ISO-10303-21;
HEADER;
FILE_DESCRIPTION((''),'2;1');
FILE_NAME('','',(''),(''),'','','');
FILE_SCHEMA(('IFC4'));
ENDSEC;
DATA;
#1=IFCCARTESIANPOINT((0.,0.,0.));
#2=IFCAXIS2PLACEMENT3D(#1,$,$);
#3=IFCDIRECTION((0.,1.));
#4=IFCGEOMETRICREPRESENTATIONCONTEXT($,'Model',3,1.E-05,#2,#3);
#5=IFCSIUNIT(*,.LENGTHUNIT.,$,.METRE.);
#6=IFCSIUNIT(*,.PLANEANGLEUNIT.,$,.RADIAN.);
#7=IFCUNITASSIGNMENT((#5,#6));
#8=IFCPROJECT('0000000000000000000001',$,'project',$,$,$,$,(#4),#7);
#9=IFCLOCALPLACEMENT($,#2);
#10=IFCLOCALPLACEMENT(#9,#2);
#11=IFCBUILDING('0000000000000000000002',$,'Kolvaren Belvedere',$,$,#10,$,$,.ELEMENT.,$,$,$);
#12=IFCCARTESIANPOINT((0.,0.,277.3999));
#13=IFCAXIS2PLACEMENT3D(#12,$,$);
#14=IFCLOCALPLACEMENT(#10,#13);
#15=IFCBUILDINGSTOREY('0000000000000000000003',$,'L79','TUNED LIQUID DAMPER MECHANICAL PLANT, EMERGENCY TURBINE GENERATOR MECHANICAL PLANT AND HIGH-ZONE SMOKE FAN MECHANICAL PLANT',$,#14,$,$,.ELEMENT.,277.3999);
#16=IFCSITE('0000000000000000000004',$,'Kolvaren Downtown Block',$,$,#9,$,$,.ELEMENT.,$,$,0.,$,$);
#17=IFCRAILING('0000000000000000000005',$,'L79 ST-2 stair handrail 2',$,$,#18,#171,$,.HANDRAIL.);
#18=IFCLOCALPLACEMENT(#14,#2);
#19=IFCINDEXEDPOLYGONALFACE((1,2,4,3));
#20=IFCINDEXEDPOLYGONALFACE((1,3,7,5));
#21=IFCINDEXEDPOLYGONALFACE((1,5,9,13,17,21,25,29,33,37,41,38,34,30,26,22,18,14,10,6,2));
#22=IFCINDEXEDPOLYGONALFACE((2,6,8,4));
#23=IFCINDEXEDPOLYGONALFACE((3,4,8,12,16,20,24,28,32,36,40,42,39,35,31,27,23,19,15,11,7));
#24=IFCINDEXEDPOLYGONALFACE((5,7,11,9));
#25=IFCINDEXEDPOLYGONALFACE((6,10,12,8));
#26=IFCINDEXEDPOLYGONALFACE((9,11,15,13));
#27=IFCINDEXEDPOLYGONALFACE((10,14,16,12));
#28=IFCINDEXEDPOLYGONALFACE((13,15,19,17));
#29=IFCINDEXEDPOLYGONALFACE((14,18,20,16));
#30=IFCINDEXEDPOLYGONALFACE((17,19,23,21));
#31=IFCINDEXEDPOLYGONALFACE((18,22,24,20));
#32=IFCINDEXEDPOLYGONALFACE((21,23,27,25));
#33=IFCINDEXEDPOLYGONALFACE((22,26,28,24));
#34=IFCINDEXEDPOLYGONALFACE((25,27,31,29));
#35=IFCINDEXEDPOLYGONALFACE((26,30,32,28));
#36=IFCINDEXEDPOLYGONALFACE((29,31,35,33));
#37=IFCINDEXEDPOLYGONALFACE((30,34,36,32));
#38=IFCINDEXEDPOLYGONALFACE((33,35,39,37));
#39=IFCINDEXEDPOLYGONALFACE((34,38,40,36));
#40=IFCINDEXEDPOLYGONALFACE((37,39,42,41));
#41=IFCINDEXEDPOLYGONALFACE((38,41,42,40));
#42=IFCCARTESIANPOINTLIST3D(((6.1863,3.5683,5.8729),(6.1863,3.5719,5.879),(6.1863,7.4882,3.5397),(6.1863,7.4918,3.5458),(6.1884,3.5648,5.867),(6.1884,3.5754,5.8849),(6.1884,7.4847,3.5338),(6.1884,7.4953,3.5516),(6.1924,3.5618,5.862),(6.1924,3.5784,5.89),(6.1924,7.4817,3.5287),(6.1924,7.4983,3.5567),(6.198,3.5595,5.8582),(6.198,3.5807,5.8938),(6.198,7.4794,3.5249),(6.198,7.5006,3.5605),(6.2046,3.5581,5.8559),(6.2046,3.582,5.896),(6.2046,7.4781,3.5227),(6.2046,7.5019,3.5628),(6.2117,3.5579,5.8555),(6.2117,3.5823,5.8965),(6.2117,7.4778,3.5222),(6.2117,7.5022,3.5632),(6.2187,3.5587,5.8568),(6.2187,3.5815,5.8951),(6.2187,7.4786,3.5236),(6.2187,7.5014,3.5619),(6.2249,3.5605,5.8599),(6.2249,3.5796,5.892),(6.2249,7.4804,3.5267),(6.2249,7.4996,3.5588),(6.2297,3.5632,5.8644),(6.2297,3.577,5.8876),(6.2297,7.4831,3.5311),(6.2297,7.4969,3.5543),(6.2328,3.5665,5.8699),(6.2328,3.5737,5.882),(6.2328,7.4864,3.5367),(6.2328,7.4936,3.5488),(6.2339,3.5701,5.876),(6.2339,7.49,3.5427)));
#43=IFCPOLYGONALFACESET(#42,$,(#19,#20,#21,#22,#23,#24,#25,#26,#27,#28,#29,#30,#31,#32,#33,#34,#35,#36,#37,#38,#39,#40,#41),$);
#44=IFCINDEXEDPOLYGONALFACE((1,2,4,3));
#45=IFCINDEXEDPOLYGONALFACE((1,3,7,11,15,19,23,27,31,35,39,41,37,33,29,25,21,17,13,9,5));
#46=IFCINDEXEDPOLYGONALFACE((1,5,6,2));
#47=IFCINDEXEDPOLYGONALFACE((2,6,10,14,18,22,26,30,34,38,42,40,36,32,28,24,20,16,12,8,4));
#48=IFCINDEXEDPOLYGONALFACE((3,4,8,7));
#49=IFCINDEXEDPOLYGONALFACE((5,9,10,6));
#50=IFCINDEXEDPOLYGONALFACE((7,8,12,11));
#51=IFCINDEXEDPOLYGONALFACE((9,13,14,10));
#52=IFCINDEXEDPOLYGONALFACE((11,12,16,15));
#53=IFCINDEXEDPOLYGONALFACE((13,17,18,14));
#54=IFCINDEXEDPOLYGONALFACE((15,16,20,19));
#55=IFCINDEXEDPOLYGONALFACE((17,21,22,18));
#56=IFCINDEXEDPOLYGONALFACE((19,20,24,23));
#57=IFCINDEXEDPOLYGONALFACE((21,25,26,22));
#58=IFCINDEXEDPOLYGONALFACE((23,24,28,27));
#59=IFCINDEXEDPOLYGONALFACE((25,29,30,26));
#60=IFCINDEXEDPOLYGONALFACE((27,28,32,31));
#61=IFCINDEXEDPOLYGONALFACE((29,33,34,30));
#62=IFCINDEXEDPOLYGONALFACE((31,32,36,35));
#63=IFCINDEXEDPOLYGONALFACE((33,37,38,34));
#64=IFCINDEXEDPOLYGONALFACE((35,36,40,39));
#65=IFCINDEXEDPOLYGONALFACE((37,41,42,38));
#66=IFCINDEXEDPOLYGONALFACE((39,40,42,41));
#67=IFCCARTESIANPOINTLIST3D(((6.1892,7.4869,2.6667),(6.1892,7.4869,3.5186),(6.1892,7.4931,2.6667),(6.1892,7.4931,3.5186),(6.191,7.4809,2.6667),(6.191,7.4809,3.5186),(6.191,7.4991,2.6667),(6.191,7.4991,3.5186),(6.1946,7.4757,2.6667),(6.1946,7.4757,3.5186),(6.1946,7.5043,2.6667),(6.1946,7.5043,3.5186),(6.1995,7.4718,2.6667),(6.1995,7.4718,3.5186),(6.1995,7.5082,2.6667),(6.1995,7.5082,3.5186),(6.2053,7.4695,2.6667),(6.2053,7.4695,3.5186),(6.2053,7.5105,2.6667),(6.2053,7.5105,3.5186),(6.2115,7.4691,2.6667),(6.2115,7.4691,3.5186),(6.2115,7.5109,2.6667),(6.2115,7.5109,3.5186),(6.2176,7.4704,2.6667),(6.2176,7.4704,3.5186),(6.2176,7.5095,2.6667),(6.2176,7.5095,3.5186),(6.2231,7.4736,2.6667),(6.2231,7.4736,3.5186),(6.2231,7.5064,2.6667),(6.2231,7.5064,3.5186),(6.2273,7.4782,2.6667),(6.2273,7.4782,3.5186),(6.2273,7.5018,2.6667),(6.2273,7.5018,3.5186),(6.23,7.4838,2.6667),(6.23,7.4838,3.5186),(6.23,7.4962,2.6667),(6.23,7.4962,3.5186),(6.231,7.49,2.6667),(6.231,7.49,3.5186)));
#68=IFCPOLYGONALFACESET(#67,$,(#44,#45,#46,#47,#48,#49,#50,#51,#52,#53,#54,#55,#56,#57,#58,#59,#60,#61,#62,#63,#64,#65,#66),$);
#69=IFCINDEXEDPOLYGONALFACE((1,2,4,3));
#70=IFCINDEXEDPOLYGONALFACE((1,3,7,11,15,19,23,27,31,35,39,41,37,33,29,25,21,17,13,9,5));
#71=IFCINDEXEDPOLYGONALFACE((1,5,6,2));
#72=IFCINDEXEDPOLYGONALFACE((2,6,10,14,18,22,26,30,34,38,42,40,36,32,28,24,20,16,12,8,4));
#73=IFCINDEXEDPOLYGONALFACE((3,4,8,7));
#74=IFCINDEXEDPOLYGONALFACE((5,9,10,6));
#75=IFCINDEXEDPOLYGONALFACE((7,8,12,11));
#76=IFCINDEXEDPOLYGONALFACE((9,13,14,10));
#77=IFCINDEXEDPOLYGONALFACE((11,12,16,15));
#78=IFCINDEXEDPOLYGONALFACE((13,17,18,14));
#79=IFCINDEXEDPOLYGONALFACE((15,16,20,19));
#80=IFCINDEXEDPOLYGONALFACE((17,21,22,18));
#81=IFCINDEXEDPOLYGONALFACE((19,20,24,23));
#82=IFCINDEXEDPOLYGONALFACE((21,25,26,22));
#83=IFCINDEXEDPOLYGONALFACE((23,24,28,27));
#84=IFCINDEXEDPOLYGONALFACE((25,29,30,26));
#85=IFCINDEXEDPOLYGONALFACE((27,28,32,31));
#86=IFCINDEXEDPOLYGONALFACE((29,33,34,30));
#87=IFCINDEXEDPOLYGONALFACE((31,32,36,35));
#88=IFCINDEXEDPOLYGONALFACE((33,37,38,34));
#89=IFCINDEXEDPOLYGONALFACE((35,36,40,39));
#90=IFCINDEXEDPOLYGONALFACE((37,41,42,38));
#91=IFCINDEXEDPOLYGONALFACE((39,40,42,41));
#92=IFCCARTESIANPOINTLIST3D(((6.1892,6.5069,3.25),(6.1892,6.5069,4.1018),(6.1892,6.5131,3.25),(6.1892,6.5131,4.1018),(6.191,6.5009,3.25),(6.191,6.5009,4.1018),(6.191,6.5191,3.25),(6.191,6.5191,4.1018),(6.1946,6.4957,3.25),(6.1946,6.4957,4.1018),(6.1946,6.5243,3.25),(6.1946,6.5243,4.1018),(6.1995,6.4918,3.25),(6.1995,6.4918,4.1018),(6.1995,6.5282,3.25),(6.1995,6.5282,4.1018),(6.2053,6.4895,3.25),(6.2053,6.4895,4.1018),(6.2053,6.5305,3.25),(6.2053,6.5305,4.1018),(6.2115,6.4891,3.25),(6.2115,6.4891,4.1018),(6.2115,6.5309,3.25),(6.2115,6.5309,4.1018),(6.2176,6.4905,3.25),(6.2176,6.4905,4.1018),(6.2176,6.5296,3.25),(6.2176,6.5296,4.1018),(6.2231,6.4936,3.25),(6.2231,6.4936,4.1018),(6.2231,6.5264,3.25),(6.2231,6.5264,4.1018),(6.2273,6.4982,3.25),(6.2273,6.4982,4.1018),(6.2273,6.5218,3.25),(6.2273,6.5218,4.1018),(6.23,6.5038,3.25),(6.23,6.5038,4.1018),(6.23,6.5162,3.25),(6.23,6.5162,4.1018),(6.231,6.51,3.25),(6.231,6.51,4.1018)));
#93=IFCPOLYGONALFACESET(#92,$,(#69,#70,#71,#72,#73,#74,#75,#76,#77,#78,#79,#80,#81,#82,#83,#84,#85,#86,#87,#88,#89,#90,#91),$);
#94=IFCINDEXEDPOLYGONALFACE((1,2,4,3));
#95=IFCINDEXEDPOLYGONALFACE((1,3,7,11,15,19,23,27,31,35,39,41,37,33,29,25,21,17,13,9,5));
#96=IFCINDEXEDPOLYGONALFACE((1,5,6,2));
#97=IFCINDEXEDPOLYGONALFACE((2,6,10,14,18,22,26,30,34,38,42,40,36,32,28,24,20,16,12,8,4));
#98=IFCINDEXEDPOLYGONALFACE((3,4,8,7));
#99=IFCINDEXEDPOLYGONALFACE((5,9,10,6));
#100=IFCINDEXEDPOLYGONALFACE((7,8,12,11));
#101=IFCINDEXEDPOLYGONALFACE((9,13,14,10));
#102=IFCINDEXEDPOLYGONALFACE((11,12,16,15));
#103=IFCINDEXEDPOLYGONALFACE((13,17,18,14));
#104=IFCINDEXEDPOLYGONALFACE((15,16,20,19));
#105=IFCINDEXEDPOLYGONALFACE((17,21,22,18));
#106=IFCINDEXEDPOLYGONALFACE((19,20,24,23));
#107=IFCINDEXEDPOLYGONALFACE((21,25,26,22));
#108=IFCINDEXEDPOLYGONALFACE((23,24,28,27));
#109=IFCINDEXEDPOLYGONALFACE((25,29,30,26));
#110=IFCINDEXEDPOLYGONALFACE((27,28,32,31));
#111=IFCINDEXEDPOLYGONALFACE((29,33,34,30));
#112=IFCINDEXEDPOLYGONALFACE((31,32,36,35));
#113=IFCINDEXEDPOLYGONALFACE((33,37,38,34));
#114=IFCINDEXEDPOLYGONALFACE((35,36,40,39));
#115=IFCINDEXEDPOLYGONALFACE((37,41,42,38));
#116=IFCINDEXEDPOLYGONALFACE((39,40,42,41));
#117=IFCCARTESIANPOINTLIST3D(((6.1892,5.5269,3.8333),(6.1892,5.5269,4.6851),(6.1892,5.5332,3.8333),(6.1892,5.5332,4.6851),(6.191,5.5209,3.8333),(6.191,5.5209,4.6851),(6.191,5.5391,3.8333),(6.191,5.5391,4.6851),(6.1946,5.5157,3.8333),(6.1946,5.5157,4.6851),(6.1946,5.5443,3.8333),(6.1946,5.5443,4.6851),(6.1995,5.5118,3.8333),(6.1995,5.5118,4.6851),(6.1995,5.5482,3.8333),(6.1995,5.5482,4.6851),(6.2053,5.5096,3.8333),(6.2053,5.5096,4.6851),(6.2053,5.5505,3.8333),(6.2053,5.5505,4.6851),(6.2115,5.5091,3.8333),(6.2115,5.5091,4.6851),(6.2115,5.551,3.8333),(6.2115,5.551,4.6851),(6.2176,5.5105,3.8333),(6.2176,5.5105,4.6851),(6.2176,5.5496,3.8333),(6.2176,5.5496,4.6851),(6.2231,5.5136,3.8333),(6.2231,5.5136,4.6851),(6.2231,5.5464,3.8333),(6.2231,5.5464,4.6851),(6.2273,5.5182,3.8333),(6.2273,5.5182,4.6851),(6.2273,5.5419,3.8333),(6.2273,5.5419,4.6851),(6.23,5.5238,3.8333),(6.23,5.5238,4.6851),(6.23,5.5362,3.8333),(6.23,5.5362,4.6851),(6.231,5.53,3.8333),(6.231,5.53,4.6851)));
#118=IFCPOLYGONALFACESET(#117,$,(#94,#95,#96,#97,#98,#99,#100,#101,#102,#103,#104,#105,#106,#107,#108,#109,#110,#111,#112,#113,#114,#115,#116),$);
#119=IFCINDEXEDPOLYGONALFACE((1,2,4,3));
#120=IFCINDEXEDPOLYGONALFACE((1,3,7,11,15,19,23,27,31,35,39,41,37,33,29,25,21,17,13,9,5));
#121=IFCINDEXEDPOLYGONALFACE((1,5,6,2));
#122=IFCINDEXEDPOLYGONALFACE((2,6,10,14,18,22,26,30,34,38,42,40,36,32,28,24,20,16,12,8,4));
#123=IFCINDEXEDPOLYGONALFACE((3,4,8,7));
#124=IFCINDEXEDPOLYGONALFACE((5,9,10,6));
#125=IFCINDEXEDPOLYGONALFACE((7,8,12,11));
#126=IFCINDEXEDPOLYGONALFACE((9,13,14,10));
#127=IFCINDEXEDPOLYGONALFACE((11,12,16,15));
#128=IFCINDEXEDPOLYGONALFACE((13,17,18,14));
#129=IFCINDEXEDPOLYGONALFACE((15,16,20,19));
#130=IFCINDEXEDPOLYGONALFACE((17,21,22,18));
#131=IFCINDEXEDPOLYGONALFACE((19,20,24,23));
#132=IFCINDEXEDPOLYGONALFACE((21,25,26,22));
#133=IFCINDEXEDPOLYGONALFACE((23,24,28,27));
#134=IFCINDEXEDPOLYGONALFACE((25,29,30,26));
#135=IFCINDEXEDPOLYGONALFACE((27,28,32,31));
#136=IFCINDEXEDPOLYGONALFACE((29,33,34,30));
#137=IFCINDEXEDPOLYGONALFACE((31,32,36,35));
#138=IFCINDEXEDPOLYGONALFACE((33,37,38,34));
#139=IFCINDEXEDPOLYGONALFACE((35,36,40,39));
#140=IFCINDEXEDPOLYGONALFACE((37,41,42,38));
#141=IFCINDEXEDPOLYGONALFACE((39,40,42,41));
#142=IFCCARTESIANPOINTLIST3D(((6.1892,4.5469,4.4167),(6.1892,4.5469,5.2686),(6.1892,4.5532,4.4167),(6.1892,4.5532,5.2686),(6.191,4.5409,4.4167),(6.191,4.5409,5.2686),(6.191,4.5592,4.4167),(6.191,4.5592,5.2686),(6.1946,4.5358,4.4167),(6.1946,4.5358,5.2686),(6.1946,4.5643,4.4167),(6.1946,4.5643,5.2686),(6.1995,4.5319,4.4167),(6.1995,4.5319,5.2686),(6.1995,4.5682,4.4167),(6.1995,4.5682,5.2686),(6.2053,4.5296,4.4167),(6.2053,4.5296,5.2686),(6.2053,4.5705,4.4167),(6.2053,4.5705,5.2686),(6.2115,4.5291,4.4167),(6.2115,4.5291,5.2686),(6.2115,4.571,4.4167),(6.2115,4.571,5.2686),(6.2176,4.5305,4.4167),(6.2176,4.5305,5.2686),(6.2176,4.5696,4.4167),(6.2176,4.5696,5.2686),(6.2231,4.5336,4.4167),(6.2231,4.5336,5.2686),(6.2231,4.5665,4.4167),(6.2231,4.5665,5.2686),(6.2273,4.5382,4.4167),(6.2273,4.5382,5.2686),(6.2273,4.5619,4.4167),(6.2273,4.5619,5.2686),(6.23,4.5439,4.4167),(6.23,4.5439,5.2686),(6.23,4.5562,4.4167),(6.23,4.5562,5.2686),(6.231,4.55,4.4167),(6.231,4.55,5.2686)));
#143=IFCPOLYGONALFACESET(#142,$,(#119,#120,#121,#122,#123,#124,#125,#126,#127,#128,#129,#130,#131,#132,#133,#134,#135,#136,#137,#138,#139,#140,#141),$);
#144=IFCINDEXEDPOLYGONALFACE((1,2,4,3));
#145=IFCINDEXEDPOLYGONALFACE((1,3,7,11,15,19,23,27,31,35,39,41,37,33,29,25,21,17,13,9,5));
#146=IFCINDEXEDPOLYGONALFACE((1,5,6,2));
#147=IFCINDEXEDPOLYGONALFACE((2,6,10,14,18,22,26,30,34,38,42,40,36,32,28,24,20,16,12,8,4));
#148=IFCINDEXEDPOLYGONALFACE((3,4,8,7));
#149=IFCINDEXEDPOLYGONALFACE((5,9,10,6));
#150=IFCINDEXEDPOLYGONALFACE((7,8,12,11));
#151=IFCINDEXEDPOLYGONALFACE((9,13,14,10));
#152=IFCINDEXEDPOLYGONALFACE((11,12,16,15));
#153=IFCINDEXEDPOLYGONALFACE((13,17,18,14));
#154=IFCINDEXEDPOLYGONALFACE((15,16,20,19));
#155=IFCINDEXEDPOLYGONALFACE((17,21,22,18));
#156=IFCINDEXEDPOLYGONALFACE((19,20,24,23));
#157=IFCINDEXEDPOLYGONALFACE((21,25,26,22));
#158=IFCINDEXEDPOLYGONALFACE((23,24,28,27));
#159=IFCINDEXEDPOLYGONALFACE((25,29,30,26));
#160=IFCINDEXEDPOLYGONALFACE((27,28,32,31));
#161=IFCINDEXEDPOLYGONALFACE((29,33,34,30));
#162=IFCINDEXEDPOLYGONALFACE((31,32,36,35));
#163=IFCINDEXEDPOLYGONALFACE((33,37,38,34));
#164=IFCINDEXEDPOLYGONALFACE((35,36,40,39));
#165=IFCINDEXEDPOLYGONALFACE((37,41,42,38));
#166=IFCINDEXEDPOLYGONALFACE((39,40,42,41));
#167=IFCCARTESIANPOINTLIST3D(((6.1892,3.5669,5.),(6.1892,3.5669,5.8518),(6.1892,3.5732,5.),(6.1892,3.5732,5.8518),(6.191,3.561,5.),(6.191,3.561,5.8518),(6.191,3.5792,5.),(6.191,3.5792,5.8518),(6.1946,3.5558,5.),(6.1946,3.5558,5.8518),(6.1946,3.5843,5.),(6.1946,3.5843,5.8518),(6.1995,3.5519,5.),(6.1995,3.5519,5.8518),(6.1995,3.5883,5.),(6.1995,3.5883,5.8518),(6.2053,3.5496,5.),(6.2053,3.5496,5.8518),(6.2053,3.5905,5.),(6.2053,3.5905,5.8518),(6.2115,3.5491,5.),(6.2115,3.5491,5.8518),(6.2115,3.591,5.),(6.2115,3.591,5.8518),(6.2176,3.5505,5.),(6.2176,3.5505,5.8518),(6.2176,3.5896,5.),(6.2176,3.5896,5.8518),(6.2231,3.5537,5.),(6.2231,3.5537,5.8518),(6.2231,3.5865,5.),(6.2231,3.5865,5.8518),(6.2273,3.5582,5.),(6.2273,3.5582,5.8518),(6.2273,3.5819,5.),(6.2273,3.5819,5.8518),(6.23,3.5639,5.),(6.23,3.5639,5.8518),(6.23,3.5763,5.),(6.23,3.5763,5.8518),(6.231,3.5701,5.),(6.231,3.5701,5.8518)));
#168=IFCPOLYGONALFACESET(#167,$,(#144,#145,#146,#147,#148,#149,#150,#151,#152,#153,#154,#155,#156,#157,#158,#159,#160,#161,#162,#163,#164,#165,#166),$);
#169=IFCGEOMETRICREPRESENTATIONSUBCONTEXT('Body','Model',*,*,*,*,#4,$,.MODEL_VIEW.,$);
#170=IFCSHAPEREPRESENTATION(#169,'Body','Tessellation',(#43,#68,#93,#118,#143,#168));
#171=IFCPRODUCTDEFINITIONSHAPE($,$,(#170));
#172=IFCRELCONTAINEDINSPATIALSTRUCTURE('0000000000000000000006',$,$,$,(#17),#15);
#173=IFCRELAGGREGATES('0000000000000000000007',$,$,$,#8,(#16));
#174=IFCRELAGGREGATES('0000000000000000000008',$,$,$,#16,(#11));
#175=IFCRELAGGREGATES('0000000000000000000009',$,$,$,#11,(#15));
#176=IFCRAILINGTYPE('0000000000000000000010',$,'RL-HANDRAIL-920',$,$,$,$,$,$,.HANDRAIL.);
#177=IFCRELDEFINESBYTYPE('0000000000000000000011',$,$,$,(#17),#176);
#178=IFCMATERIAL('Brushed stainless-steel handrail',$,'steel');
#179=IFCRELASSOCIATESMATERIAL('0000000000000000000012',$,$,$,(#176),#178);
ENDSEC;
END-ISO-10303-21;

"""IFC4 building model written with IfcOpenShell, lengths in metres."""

from ifc_helpers import new_model, si_unit, direction, frame, origin, origin_2d, place, context, subcontext, project, spatial, circle, extrude, material, type_object, element, save


model = new_model("IFC4")

# Units and contexts
model_context = context("Model", 3, precision=1e-05, world=origin(), true_north=direction((0.0, 1.0)))
body_context = subcontext(model_context, "Body", "Model", "MODEL_VIEW")
ifc_project = project(units=[si_unit("LENGTHUNIT", "METRE"), si_unit("PLANEANGLEUNIT", "RADIAN")], contexts=[model_context])

# Site, building, storey
site_placement = place(None, origin())
site = spatial("IfcSite", under=ifc_project, at=site_placement, Name="Kolvaren Downtown Block", CompositionType="ELEMENT", RefElevation=0.0)
building_placement = place(site_placement, origin())
building = spatial("IfcBuilding", under=site, at=building_placement, Name="Kolvaren Belvedere", CompositionType="ELEMENT")
storey_placement = place(building_placement, frame((0.0, 0.0, 277.3999)))
storey = spatial("IfcBuildingStorey", under=building, at=storey_placement, Name="L79", Description="TUNED LIQUID DAMPER MECHANICAL PLANT, EMERGENCY TURBINE GENERATOR MECHANICAL PLANT AND HIGH-ZONE SMOKE FAN MECHANICAL PLANT", CompositionType="ELEMENT", Elevation=277.3999)

# Railing
ifc_material_1 = material(Name="Brushed stainless-steel handrail", Category="steel")
railing_type_1 = type_object("IfcRailingType", Name="RL-HANDRAIL-920", PredefinedType="HANDRAIL", material=ifc_material_1)
railing_1_placement = place(storey_placement, frame((6.21, 7.49, 2.6667)))
element("IfcRailing", 1, at=railing_1_placement, inside=storey, type_object=railing_type_1, Name="L79 ST-2 stair handrail 2", PredefinedType="HANDRAIL", context=body_context, shape_type="SweptSolid", body=[
    extrude(circle(Radius=0.0239, at=origin_2d()), frame((0.0, 0.0, 0.876), z_axis=(0.0, -0.859296, 0.511478), x_axis=(1.0, 0.0, 0.0)), (0.0, 0.0, 1.0), 4.5618),
    extrude(circle(Radius=0.021, at=origin_2d()), origin(), (0.0, 0.0, 1.0), 0.8518),
    extrude(circle(Radius=0.021, at=origin_2d()), frame((0.0, -0.98, 0.5833)), (0.0, 0.0, 1.0), 0.8518),
    extrude(circle(Radius=0.021, at=origin_2d()), frame((0.0, -1.96, 1.1665)), (0.0, 0.0, 1.0), 0.8518),
    extrude(circle(Radius=0.021, at=origin_2d()), frame((0.0, -2.9399, 1.75)), (0.0, 0.0, 1.0), 0.8518),
    extrude(circle(Radius=0.021, at=origin_2d()), frame((0.0, -3.9199, 2.3333)), (0.0, 0.0, 1.0), 0.8518),
])

save(model, "model.ifc")
